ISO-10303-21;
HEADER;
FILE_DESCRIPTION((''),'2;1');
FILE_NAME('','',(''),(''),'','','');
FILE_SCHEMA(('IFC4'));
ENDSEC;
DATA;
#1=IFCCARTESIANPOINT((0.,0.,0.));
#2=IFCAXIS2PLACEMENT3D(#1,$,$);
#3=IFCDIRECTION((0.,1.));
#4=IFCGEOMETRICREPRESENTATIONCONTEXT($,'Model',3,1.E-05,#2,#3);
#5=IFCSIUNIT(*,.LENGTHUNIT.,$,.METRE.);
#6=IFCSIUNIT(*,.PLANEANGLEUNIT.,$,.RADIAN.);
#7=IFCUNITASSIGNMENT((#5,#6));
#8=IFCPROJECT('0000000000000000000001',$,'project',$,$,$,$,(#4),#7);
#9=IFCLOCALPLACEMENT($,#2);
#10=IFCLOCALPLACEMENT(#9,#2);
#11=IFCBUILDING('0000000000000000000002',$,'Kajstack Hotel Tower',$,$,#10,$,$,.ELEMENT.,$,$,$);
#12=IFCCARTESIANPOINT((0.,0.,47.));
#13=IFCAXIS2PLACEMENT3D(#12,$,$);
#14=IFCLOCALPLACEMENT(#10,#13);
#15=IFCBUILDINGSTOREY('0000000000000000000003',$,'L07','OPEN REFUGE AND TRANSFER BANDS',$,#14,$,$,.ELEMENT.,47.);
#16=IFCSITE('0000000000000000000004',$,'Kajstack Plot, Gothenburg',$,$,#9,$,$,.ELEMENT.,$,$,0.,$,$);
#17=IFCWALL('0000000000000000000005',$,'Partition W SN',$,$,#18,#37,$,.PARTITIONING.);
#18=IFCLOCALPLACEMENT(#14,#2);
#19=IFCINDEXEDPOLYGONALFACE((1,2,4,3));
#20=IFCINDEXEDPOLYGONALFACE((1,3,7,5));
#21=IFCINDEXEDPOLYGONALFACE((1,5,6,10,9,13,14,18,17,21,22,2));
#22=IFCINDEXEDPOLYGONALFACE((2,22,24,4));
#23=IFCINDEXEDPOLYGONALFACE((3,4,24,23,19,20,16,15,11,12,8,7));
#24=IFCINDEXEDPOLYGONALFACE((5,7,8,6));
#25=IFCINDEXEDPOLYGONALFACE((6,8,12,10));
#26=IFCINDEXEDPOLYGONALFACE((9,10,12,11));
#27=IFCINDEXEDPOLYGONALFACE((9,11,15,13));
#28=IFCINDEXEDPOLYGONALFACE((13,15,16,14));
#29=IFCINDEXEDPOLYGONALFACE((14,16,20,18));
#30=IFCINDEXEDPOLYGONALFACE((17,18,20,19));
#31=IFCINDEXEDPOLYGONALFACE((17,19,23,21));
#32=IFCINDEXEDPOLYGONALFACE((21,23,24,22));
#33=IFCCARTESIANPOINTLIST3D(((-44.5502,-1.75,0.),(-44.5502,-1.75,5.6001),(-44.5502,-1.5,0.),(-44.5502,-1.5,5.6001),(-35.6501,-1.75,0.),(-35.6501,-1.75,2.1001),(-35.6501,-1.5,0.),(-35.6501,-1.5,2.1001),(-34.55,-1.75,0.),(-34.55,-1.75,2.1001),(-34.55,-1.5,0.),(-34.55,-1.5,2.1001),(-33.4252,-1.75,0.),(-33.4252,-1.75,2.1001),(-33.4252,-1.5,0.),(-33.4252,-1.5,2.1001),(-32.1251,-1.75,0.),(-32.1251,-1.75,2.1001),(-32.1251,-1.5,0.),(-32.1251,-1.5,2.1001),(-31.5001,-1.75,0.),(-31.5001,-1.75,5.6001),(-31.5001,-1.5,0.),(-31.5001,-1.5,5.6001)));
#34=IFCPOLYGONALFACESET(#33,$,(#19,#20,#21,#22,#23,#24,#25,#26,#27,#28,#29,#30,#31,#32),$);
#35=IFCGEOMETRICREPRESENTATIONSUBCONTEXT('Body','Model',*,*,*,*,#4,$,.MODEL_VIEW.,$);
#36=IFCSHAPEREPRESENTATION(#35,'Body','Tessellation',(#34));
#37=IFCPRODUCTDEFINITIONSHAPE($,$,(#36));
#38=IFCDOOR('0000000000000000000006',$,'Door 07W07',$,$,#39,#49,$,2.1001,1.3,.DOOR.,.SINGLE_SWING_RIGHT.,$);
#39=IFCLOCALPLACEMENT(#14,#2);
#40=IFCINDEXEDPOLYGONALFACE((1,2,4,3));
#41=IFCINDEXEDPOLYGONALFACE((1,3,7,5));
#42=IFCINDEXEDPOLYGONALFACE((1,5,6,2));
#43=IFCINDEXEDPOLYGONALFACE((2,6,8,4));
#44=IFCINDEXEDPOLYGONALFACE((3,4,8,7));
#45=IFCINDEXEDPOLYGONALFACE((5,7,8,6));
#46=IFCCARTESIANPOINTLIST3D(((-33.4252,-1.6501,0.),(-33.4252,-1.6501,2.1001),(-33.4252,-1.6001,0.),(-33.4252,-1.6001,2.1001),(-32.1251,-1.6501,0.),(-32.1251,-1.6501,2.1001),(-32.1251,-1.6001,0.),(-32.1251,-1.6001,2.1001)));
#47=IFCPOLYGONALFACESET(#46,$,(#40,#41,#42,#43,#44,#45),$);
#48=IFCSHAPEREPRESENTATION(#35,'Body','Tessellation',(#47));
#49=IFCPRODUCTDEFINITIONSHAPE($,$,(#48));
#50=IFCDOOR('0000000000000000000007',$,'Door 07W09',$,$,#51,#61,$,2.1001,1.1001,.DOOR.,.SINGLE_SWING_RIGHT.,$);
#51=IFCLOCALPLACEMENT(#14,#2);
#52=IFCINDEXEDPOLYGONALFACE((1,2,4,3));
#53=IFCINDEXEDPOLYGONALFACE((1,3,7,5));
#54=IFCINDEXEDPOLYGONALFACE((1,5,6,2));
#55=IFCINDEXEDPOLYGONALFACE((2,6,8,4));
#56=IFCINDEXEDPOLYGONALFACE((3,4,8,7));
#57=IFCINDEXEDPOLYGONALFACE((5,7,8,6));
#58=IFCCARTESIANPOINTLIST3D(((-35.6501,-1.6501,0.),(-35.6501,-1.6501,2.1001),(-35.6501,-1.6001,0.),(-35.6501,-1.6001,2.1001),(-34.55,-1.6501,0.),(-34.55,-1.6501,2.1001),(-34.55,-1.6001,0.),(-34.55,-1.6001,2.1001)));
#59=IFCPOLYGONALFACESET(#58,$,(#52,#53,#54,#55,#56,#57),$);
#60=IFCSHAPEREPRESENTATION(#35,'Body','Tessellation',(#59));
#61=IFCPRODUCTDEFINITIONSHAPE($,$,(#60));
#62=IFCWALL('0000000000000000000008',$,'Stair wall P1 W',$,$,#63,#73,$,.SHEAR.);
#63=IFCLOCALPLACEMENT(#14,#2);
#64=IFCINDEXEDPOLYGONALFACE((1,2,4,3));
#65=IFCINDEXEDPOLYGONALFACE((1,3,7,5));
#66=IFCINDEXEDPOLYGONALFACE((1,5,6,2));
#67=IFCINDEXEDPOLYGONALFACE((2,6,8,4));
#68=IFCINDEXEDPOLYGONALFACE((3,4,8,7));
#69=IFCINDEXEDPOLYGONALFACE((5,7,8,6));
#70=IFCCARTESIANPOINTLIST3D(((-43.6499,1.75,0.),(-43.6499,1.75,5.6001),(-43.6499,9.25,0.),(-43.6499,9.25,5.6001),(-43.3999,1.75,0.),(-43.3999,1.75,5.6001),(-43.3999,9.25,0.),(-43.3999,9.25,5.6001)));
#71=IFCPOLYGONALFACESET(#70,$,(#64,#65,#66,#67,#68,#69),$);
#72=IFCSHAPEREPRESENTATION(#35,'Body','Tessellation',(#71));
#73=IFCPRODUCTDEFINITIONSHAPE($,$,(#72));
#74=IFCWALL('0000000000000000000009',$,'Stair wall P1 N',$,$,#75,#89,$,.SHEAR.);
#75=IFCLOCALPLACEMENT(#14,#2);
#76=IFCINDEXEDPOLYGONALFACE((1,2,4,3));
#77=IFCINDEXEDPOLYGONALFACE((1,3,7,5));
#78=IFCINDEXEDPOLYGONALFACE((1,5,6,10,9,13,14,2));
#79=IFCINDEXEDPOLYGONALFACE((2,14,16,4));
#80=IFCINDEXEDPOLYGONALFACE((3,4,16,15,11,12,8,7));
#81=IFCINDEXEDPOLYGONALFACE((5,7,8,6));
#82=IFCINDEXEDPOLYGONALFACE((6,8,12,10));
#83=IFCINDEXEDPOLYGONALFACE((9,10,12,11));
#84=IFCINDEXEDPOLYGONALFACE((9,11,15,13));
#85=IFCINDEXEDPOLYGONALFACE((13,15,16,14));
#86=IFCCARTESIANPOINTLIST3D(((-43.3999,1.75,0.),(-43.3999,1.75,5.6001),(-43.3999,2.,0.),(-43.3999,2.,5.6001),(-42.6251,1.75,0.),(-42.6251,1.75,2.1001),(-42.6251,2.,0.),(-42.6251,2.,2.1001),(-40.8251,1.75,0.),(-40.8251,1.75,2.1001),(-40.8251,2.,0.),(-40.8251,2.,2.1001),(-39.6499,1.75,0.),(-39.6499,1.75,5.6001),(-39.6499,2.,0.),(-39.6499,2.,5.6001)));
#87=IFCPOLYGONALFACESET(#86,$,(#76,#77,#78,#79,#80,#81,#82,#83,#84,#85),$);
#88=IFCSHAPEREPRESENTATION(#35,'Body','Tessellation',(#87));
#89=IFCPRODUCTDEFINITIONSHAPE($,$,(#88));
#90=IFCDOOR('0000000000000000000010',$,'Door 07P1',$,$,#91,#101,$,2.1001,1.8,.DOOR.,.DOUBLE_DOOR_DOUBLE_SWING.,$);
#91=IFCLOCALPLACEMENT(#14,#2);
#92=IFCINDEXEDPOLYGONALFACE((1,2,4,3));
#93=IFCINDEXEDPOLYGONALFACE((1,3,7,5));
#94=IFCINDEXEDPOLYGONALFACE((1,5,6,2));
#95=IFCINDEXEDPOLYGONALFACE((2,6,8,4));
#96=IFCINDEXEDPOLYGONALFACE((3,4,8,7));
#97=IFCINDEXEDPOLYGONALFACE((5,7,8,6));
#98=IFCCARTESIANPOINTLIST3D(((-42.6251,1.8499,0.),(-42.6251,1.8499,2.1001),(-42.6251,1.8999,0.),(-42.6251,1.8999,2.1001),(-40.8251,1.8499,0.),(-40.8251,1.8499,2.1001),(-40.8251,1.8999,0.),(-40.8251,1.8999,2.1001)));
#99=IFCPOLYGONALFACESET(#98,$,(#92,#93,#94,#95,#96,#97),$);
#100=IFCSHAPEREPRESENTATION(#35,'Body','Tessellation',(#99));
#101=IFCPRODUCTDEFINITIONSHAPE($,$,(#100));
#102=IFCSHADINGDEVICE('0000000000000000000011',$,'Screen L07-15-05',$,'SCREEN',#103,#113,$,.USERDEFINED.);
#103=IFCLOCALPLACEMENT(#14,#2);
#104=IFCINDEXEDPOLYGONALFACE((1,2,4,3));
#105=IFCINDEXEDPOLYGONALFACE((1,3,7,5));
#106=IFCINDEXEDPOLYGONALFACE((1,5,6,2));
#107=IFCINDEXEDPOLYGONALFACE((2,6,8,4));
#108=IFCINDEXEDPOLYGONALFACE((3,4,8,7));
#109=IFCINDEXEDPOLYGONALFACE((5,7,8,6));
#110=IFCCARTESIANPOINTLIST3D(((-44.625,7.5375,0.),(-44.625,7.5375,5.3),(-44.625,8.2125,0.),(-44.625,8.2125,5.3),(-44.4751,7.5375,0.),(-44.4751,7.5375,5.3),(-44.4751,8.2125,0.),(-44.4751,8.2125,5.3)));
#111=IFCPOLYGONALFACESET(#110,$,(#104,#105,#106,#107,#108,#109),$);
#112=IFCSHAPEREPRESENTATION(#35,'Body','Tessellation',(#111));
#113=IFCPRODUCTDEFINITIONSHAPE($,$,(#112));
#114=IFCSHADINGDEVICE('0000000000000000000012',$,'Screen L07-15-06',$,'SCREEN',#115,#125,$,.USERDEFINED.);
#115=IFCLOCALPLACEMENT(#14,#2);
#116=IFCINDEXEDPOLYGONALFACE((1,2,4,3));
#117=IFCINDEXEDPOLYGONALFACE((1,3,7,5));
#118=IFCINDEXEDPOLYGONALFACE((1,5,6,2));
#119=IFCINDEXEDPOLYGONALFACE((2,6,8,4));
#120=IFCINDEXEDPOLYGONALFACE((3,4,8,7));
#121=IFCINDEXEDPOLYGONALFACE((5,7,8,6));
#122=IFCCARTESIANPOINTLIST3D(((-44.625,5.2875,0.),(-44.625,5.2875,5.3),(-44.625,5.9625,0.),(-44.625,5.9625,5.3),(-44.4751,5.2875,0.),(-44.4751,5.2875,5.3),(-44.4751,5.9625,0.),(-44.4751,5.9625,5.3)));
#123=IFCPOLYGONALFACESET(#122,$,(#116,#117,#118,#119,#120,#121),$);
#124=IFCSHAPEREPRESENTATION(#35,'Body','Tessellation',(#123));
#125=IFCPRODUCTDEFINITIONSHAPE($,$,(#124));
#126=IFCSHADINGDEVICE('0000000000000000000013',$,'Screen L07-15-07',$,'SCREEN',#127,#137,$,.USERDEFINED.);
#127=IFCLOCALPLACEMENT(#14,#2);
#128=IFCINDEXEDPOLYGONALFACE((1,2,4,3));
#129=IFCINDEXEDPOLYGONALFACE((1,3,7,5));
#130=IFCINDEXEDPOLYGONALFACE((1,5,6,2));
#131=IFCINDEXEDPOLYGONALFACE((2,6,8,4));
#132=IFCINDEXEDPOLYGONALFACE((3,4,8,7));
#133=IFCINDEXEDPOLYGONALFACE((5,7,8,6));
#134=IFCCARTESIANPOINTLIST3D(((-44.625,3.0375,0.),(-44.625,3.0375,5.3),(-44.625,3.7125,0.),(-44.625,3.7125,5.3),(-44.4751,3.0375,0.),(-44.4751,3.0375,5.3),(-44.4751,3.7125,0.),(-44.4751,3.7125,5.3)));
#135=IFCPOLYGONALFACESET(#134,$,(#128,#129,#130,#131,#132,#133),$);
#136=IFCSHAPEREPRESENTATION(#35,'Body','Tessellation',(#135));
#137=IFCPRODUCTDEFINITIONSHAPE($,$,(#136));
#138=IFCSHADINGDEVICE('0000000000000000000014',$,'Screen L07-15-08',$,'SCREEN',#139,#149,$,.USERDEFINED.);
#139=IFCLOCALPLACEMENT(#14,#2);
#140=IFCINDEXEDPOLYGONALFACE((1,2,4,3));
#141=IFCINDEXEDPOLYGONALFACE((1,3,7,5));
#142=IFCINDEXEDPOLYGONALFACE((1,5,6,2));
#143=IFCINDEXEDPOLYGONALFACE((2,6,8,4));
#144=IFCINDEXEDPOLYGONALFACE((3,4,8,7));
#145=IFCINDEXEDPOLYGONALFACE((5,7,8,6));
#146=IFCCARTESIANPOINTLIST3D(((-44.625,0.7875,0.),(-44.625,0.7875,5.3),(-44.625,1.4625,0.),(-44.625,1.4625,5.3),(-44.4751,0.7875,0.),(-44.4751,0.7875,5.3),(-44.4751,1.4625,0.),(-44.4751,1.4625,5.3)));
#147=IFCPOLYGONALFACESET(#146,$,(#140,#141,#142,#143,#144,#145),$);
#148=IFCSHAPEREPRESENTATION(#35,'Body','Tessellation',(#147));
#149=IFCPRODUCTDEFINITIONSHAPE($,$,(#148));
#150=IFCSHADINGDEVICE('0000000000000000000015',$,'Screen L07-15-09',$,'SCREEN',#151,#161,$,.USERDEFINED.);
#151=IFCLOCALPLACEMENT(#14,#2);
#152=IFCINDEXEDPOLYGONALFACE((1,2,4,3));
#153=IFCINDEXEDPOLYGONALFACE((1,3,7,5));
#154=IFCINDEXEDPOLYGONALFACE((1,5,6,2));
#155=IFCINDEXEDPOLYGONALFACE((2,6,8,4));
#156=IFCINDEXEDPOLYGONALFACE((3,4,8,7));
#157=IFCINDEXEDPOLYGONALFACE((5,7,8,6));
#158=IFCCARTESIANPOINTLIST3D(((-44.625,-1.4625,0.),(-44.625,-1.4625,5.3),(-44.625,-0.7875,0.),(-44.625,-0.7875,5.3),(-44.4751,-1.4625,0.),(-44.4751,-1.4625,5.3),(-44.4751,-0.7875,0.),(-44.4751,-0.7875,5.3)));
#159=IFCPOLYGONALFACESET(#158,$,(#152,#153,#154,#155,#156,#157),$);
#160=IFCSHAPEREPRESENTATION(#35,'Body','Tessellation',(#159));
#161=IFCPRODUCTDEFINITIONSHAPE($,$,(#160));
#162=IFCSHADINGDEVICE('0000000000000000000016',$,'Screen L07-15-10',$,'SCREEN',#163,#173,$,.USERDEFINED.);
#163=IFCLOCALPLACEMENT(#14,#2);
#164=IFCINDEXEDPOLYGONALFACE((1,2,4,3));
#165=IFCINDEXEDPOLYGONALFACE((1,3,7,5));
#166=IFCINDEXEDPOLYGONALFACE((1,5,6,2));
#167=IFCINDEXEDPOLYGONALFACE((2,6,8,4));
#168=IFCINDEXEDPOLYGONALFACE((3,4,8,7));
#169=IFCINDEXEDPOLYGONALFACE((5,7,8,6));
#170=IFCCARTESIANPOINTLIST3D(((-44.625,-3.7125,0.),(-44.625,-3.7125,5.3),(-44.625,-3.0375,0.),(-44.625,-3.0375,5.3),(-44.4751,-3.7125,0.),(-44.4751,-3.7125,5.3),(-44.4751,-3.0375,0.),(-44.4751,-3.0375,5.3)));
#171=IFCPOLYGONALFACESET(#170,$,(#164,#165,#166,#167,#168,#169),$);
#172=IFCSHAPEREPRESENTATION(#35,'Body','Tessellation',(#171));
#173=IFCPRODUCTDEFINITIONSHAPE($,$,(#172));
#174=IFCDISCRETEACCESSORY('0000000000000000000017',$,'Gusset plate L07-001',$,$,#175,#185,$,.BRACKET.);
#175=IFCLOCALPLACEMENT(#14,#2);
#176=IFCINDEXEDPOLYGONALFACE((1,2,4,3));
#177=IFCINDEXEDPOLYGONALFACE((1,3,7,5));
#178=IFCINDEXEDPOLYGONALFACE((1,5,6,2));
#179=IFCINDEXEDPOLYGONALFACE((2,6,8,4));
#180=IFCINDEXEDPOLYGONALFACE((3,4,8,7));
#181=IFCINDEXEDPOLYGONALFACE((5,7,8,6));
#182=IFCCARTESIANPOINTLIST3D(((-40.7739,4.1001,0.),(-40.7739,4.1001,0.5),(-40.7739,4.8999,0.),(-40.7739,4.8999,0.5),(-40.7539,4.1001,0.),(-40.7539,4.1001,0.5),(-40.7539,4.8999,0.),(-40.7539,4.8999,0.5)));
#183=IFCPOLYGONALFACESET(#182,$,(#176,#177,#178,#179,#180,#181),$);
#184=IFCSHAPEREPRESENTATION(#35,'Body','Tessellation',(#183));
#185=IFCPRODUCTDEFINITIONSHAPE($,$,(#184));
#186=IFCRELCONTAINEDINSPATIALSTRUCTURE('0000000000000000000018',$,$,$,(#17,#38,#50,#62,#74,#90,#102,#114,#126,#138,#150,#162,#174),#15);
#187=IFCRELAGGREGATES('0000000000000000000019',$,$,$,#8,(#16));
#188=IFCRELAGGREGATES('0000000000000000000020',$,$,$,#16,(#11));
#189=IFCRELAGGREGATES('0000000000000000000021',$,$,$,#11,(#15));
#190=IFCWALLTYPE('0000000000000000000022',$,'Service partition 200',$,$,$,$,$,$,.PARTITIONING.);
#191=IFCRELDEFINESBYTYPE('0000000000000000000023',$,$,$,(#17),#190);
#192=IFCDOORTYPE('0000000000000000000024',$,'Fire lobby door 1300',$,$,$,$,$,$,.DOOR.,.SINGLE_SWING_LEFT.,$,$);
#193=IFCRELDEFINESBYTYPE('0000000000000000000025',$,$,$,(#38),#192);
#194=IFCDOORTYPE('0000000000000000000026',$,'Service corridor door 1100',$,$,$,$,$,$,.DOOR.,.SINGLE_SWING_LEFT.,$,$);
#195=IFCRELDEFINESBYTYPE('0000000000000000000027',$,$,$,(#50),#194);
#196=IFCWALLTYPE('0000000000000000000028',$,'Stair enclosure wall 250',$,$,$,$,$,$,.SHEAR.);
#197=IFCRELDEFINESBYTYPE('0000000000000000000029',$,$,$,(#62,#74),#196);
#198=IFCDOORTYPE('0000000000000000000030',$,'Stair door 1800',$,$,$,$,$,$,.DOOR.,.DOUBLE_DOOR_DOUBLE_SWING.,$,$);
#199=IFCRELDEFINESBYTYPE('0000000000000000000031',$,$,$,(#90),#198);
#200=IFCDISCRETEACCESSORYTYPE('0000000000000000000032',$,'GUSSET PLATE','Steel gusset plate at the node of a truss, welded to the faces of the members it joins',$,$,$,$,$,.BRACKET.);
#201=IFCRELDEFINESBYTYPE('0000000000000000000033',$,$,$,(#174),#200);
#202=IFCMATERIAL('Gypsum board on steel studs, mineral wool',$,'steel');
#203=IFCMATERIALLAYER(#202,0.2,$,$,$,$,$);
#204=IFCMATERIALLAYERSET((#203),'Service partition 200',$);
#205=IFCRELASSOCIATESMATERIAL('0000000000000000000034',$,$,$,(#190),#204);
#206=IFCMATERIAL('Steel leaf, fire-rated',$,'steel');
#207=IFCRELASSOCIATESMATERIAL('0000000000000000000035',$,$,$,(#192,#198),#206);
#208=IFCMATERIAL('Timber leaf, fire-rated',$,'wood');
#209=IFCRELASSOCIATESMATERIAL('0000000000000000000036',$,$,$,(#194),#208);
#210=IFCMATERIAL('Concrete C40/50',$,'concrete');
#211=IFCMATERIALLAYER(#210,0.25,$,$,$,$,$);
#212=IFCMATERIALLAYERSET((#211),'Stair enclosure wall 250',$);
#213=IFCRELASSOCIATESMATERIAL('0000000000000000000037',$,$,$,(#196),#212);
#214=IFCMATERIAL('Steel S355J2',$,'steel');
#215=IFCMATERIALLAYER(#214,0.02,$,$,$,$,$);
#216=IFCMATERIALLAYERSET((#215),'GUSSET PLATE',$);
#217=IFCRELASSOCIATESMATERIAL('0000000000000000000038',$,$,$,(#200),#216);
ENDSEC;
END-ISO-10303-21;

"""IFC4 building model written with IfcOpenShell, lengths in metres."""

from ifc_helpers import new_model, si_unit, direction, frame, frame_2d, origin, origin_2d, place, context, subcontext, project, spatial, polyline, rectangle, outline, extrude, material, layer, layer_set, type_object, element, fill, save


model = new_model("IFC4")

# Units and contexts
model_context = context("Model", 3, precision=1e-05, world=origin(), true_north=direction((0.0, 1.0)))
body_context = subcontext(model_context, "Body", "Model", "MODEL_VIEW")
ifc_project = project(units=[si_unit("LENGTHUNIT", "METRE"), si_unit("PLANEANGLEUNIT", "RADIAN")], contexts=[model_context])

# Site, building, storey
site_placement = place(None, origin())
site = spatial("IfcSite", under=ifc_project, at=site_placement, Name="Kajstack Plot, Gothenburg", CompositionType="ELEMENT", RefElevation=0.0)
building_placement = place(site_placement, origin())
building = spatial("IfcBuilding", under=site, at=building_placement, Name="Kajstack Hotel Tower", CompositionType="ELEMENT")
storey_placement = place(building_placement, frame((0.0, 0.0, 47.0)))
storey = spatial("IfcBuildingStorey", under=building, at=storey_placement, Name="L07", Description="OPEN REFUGE AND TRANSFER BANDS", CompositionType="ELEMENT", Elevation=47.0)

# Shared definitions
ifc_material_1 = material(Name="Steel S355J2", Category="steel")

# Shared definitions
ifc_material_2 = material(Name="Gypsum board on steel studs, mineral wool", Category="steel")

# Wall, openings, doors
ifc_layer_1 = layer(ifc_material_2, 0.2)
ifc_layer_set_1 = layer_set([ifc_layer_1], Name="Service partition 200")
wall_type_1 = type_object("IfcWallType", Name="Service partition 200", PredefinedType="PARTITIONING", material=ifc_layer_set_1)
wall_1_placement = place(storey_placement, frame((-44.55, -1.625, 0.0), z_axis=(0.0, 0.0, 1.0), x_axis=(1.0, 0.0, 0.0)))
wall_1 = element("IfcWall", 1, at=wall_1_placement, inside=storey, type_object=wall_type_1, Name="Partition W SN", PredefinedType="PARTITIONING", context=body_context, shape_type="SweptSolid", body=[
    extrude(rectangle(XDim=13.05, YDim=0.25, at=frame_2d((6.5249, 0.0))), origin(), (0.0, 0.0, 1.0), 5.6001),
])
opening_1_placement = place(wall_1_placement, frame((11.125, 0.0, 0.0)))
opening_1 = element("IfcOpeningElement", 2, at=opening_1_placement, cuts=wall_1, PredefinedType="OPENING", context=body_context, shape_type="SweptSolid", body=[
    extrude(rectangle(XDim=1.3, YDim=2.1001, at=frame_2d((0.6499, 1.05))), frame((0.0, 0.135, 0.0), z_axis=(0.0, -1.0, 0.0), x_axis=(1.0, 0.0, 0.0)), (0.0, 0.0, 1.0), 0.27),
])
opening_2_placement = place(wall_1_placement, frame((8.8999, 0.0, 0.0)))
opening_2 = element("IfcOpeningElement", 3, at=opening_2_placement, cuts=wall_1, PredefinedType="OPENING", context=body_context, shape_type="SweptSolid", body=[
    extrude(rectangle(XDim=1.1001, YDim=2.1001, at=frame_2d((0.55, 1.05))), frame((0.0, 0.135, 0.0), z_axis=(0.0, -1.0, 0.0), x_axis=(1.0, 0.0, 0.0)), (0.0, 0.0, 1.0), 0.27),
])
ifc_material_3 = material(Name="Steel leaf, fire-rated", Category="steel")
door_type_1 = type_object("IfcDoorType", Name="Fire lobby door 1300", OperationType="SINGLE_SWING_LEFT", PredefinedType="DOOR", material=ifc_material_3)
door_1_placement = place(opening_1_placement, origin())
door_1 = element("IfcDoor", 4, at=door_1_placement, inside=storey, type_object=door_type_1, Name="Door 07W07", OperationType="SINGLE_SWING_RIGHT", OverallHeight=2.1001, OverallWidth=1.3, PredefinedType="DOOR", context=body_context, shape_type="SweptSolid", body=[
    extrude(rectangle(XDim=1.3, YDim=2.1001, at=frame_2d((0.6499, 1.05))), frame((0.0, 0.0249, 0.0), z_axis=(0.0, -1.0, 0.0), x_axis=(1.0, 0.0, 0.0)), (0.0, 0.0, 1.0), 0.05),
])
fill(opening_1, door_1)
ifc_material_4 = material(Name="Timber leaf, fire-rated", Category="wood")
door_type_2 = type_object("IfcDoorType", Name="Service corridor door 1100", OperationType="SINGLE_SWING_LEFT", PredefinedType="DOOR", material=ifc_material_4)
door_2_placement = place(opening_2_placement, origin())
door_2 = element("IfcDoor", 5, at=door_2_placement, inside=storey, type_object=door_type_2, Name="Door 07W09", OperationType="SINGLE_SWING_RIGHT", OverallHeight=2.1001, OverallWidth=1.1001, PredefinedType="DOOR", context=body_context, shape_type="SweptSolid", body=[
    extrude(rectangle(XDim=1.1001, YDim=2.1001, at=frame_2d((0.55, 1.05))), frame((0.0, 0.0249, 0.0), z_axis=(0.0, -1.0, 0.0), x_axis=(1.0, 0.0, 0.0)), (0.0, 0.0, 1.0), 0.05),
])
fill(opening_2, door_2)

# Wall
ifc_material_5 = material(Name="Concrete C40/50", Category="concrete")
ifc_layer_2 = layer(ifc_material_5, 0.25)
ifc_layer_set_2 = layer_set([ifc_layer_2], Name="Stair enclosure wall 250")
wall_type_2 = type_object("IfcWallType", Name="Stair enclosure wall 250", PredefinedType="SHEAR", material=ifc_layer_set_2)
wall_2_placement = place(storey_placement, frame((-43.5249, 1.75, 0.0), z_axis=(0.0, 0.0, 1.0), x_axis=(0.0, 1.0, 0.0)))
element("IfcWall", 6, at=wall_2_placement, inside=storey, type_object=wall_type_2, Name="Stair wall P1 W", PredefinedType="SHEAR", context=body_context, shape_type="SweptSolid", body=[
    extrude(rectangle(XDim=7.5, YDim=0.25, at=frame_2d((3.75, 0.0))), origin(), (0.0, 0.0, 1.0), 5.6001),
])

# Wall, opening, door
wall_3_placement = place(storey_placement, frame((-43.3999, 1.875, 0.0), z_axis=(0.0, 0.0, 1.0), x_axis=(1.0, 0.0, 0.0)))
wall_3 = element("IfcWall", 7, at=wall_3_placement, inside=storey, type_object=wall_type_2, Name="Stair wall P1 N", PredefinedType="SHEAR", context=body_context, shape_type="SweptSolid", body=[
    extrude(rectangle(XDim=3.75, YDim=0.25, at=frame_2d((1.875, 0.0))), origin(), (0.0, 0.0, 1.0), 5.6001),
])
opening_3_placement = place(wall_3_placement, frame((0.7749, 0.0, 0.0)))
opening_3 = element("IfcOpeningElement", 8, at=opening_3_placement, cuts=wall_3, PredefinedType="OPENING", context=body_context, shape_type="SweptSolid", body=[
    extrude(rectangle(XDim=1.8, YDim=2.1001, at=frame_2d((0.8999, 1.05))), frame((0.0, 0.135, 0.0), z_axis=(0.0, -1.0, 0.0), x_axis=(1.0, 0.0, 0.0)), (0.0, 0.0, 1.0), 0.27),
])
door_type_3 = type_object("IfcDoorType", Name="Stair door 1800", OperationType="DOUBLE_DOOR_DOUBLE_SWING", PredefinedType="DOOR", material=ifc_material_3)
door_3_placement = place(opening_3_placement, origin())
door_3 = element("IfcDoor", 9, at=door_3_placement, inside=storey, type_object=door_type_3, Name="Door 07P1", OperationType="DOUBLE_DOOR_DOUBLE_SWING", OverallHeight=2.1001, OverallWidth=1.8, PredefinedType="DOOR", context=body_context, shape_type="SweptSolid", body=[
    extrude(rectangle(XDim=1.8, YDim=2.1001, at=frame_2d((0.8999, 1.05))), frame((0.0, 0.0249, 0.0), z_axis=(0.0, -1.0, 0.0), x_axis=(1.0, 0.0, 0.0)), (0.0, 0.0, 1.0), 0.05),
])
fill(opening_3, door_3)

# Shading devices
for number, where, z_axis, x_axis, name in (
    (10, (-44.55, 7.875, 0.0), (0.0, 0.0, 1.0), (0.0, -1.0, 0.0), "Screen L07-15-05"),
    (11, (-44.55, 5.625, 0.0), (0.0, 0.0, 1.0), (0.0, -1.0, 0.0), "Screen L07-15-06"),
    (12, (-44.55, 3.375, 0.0), (0.0, 0.0, 1.0), (0.0, -1.0, 0.0), "Screen L07-15-07"),
    (13, (-44.55, 1.125, 0.0), (0.0, 0.0, 1.0), (0.0, -1.0, 0.0), "Screen L07-15-08"),
    (14, (-44.55, -1.125, 0.0), (0.0, 0.0, 1.0), (0.0, -1.0, 0.0), "Screen L07-15-09"),
    (15, (-44.55, -3.375, 0.0), (0.0, 0.0, 1.0), (0.0, -1.0, 0.0), "Screen L07-15-10"),
):
    element("IfcShadingDevice", number, at=place(storey_placement, frame(where, z_axis=z_axis, x_axis=x_axis)), inside=storey, Name=name, ObjectType="SCREEN", PredefinedType="USERDEFINED", context=body_context, shape_type="SweptSolid", body=[
        extrude(rectangle(XDim=0.675, YDim=0.1499, at=origin_2d()), origin(), (0.0, 0.0, 1.0), 5.3),
    ])

# Discrete accessory
ifc_layer_3 = layer(ifc_material_1, 0.02)
ifc_layer_set_3 = layer_set([ifc_layer_3], Name="GUSSET PLATE")
discrete_accessory_type = type_object("IfcDiscreteAccessoryType", Name="GUSSET PLATE", Description="Steel gusset plate at the node of a truss, welded to the faces of the members it joins", PredefinedType="BRACKET", material=ifc_layer_set_3)
for number, where, z_axis, x_axis, name in (
    (16, (-40.7739, 4.5, 0.0), (1.0, 0.0, 0.0), (0.0, 1.0, 0.0), "Gusset plate L07-001"),
):
    element("IfcDiscreteAccessory", number, at=place(storey_placement, frame(where, z_axis=z_axis, x_axis=x_axis)), inside=storey, type_object=discrete_accessory_type, Name=name, PredefinedType="BRACKET", context=body_context, shape_type="SweptSolid", body=[
        extrude(outline(polyline([(-0.3999, 0.0), (0.3999, 0.0), (0.3999, 0.5), (-0.3999, 0.5), (-0.3999, 0.0)])), origin(), (0.0, 0.0, 1.0), 0.02),
    ])

save(model, "model.ifc")
